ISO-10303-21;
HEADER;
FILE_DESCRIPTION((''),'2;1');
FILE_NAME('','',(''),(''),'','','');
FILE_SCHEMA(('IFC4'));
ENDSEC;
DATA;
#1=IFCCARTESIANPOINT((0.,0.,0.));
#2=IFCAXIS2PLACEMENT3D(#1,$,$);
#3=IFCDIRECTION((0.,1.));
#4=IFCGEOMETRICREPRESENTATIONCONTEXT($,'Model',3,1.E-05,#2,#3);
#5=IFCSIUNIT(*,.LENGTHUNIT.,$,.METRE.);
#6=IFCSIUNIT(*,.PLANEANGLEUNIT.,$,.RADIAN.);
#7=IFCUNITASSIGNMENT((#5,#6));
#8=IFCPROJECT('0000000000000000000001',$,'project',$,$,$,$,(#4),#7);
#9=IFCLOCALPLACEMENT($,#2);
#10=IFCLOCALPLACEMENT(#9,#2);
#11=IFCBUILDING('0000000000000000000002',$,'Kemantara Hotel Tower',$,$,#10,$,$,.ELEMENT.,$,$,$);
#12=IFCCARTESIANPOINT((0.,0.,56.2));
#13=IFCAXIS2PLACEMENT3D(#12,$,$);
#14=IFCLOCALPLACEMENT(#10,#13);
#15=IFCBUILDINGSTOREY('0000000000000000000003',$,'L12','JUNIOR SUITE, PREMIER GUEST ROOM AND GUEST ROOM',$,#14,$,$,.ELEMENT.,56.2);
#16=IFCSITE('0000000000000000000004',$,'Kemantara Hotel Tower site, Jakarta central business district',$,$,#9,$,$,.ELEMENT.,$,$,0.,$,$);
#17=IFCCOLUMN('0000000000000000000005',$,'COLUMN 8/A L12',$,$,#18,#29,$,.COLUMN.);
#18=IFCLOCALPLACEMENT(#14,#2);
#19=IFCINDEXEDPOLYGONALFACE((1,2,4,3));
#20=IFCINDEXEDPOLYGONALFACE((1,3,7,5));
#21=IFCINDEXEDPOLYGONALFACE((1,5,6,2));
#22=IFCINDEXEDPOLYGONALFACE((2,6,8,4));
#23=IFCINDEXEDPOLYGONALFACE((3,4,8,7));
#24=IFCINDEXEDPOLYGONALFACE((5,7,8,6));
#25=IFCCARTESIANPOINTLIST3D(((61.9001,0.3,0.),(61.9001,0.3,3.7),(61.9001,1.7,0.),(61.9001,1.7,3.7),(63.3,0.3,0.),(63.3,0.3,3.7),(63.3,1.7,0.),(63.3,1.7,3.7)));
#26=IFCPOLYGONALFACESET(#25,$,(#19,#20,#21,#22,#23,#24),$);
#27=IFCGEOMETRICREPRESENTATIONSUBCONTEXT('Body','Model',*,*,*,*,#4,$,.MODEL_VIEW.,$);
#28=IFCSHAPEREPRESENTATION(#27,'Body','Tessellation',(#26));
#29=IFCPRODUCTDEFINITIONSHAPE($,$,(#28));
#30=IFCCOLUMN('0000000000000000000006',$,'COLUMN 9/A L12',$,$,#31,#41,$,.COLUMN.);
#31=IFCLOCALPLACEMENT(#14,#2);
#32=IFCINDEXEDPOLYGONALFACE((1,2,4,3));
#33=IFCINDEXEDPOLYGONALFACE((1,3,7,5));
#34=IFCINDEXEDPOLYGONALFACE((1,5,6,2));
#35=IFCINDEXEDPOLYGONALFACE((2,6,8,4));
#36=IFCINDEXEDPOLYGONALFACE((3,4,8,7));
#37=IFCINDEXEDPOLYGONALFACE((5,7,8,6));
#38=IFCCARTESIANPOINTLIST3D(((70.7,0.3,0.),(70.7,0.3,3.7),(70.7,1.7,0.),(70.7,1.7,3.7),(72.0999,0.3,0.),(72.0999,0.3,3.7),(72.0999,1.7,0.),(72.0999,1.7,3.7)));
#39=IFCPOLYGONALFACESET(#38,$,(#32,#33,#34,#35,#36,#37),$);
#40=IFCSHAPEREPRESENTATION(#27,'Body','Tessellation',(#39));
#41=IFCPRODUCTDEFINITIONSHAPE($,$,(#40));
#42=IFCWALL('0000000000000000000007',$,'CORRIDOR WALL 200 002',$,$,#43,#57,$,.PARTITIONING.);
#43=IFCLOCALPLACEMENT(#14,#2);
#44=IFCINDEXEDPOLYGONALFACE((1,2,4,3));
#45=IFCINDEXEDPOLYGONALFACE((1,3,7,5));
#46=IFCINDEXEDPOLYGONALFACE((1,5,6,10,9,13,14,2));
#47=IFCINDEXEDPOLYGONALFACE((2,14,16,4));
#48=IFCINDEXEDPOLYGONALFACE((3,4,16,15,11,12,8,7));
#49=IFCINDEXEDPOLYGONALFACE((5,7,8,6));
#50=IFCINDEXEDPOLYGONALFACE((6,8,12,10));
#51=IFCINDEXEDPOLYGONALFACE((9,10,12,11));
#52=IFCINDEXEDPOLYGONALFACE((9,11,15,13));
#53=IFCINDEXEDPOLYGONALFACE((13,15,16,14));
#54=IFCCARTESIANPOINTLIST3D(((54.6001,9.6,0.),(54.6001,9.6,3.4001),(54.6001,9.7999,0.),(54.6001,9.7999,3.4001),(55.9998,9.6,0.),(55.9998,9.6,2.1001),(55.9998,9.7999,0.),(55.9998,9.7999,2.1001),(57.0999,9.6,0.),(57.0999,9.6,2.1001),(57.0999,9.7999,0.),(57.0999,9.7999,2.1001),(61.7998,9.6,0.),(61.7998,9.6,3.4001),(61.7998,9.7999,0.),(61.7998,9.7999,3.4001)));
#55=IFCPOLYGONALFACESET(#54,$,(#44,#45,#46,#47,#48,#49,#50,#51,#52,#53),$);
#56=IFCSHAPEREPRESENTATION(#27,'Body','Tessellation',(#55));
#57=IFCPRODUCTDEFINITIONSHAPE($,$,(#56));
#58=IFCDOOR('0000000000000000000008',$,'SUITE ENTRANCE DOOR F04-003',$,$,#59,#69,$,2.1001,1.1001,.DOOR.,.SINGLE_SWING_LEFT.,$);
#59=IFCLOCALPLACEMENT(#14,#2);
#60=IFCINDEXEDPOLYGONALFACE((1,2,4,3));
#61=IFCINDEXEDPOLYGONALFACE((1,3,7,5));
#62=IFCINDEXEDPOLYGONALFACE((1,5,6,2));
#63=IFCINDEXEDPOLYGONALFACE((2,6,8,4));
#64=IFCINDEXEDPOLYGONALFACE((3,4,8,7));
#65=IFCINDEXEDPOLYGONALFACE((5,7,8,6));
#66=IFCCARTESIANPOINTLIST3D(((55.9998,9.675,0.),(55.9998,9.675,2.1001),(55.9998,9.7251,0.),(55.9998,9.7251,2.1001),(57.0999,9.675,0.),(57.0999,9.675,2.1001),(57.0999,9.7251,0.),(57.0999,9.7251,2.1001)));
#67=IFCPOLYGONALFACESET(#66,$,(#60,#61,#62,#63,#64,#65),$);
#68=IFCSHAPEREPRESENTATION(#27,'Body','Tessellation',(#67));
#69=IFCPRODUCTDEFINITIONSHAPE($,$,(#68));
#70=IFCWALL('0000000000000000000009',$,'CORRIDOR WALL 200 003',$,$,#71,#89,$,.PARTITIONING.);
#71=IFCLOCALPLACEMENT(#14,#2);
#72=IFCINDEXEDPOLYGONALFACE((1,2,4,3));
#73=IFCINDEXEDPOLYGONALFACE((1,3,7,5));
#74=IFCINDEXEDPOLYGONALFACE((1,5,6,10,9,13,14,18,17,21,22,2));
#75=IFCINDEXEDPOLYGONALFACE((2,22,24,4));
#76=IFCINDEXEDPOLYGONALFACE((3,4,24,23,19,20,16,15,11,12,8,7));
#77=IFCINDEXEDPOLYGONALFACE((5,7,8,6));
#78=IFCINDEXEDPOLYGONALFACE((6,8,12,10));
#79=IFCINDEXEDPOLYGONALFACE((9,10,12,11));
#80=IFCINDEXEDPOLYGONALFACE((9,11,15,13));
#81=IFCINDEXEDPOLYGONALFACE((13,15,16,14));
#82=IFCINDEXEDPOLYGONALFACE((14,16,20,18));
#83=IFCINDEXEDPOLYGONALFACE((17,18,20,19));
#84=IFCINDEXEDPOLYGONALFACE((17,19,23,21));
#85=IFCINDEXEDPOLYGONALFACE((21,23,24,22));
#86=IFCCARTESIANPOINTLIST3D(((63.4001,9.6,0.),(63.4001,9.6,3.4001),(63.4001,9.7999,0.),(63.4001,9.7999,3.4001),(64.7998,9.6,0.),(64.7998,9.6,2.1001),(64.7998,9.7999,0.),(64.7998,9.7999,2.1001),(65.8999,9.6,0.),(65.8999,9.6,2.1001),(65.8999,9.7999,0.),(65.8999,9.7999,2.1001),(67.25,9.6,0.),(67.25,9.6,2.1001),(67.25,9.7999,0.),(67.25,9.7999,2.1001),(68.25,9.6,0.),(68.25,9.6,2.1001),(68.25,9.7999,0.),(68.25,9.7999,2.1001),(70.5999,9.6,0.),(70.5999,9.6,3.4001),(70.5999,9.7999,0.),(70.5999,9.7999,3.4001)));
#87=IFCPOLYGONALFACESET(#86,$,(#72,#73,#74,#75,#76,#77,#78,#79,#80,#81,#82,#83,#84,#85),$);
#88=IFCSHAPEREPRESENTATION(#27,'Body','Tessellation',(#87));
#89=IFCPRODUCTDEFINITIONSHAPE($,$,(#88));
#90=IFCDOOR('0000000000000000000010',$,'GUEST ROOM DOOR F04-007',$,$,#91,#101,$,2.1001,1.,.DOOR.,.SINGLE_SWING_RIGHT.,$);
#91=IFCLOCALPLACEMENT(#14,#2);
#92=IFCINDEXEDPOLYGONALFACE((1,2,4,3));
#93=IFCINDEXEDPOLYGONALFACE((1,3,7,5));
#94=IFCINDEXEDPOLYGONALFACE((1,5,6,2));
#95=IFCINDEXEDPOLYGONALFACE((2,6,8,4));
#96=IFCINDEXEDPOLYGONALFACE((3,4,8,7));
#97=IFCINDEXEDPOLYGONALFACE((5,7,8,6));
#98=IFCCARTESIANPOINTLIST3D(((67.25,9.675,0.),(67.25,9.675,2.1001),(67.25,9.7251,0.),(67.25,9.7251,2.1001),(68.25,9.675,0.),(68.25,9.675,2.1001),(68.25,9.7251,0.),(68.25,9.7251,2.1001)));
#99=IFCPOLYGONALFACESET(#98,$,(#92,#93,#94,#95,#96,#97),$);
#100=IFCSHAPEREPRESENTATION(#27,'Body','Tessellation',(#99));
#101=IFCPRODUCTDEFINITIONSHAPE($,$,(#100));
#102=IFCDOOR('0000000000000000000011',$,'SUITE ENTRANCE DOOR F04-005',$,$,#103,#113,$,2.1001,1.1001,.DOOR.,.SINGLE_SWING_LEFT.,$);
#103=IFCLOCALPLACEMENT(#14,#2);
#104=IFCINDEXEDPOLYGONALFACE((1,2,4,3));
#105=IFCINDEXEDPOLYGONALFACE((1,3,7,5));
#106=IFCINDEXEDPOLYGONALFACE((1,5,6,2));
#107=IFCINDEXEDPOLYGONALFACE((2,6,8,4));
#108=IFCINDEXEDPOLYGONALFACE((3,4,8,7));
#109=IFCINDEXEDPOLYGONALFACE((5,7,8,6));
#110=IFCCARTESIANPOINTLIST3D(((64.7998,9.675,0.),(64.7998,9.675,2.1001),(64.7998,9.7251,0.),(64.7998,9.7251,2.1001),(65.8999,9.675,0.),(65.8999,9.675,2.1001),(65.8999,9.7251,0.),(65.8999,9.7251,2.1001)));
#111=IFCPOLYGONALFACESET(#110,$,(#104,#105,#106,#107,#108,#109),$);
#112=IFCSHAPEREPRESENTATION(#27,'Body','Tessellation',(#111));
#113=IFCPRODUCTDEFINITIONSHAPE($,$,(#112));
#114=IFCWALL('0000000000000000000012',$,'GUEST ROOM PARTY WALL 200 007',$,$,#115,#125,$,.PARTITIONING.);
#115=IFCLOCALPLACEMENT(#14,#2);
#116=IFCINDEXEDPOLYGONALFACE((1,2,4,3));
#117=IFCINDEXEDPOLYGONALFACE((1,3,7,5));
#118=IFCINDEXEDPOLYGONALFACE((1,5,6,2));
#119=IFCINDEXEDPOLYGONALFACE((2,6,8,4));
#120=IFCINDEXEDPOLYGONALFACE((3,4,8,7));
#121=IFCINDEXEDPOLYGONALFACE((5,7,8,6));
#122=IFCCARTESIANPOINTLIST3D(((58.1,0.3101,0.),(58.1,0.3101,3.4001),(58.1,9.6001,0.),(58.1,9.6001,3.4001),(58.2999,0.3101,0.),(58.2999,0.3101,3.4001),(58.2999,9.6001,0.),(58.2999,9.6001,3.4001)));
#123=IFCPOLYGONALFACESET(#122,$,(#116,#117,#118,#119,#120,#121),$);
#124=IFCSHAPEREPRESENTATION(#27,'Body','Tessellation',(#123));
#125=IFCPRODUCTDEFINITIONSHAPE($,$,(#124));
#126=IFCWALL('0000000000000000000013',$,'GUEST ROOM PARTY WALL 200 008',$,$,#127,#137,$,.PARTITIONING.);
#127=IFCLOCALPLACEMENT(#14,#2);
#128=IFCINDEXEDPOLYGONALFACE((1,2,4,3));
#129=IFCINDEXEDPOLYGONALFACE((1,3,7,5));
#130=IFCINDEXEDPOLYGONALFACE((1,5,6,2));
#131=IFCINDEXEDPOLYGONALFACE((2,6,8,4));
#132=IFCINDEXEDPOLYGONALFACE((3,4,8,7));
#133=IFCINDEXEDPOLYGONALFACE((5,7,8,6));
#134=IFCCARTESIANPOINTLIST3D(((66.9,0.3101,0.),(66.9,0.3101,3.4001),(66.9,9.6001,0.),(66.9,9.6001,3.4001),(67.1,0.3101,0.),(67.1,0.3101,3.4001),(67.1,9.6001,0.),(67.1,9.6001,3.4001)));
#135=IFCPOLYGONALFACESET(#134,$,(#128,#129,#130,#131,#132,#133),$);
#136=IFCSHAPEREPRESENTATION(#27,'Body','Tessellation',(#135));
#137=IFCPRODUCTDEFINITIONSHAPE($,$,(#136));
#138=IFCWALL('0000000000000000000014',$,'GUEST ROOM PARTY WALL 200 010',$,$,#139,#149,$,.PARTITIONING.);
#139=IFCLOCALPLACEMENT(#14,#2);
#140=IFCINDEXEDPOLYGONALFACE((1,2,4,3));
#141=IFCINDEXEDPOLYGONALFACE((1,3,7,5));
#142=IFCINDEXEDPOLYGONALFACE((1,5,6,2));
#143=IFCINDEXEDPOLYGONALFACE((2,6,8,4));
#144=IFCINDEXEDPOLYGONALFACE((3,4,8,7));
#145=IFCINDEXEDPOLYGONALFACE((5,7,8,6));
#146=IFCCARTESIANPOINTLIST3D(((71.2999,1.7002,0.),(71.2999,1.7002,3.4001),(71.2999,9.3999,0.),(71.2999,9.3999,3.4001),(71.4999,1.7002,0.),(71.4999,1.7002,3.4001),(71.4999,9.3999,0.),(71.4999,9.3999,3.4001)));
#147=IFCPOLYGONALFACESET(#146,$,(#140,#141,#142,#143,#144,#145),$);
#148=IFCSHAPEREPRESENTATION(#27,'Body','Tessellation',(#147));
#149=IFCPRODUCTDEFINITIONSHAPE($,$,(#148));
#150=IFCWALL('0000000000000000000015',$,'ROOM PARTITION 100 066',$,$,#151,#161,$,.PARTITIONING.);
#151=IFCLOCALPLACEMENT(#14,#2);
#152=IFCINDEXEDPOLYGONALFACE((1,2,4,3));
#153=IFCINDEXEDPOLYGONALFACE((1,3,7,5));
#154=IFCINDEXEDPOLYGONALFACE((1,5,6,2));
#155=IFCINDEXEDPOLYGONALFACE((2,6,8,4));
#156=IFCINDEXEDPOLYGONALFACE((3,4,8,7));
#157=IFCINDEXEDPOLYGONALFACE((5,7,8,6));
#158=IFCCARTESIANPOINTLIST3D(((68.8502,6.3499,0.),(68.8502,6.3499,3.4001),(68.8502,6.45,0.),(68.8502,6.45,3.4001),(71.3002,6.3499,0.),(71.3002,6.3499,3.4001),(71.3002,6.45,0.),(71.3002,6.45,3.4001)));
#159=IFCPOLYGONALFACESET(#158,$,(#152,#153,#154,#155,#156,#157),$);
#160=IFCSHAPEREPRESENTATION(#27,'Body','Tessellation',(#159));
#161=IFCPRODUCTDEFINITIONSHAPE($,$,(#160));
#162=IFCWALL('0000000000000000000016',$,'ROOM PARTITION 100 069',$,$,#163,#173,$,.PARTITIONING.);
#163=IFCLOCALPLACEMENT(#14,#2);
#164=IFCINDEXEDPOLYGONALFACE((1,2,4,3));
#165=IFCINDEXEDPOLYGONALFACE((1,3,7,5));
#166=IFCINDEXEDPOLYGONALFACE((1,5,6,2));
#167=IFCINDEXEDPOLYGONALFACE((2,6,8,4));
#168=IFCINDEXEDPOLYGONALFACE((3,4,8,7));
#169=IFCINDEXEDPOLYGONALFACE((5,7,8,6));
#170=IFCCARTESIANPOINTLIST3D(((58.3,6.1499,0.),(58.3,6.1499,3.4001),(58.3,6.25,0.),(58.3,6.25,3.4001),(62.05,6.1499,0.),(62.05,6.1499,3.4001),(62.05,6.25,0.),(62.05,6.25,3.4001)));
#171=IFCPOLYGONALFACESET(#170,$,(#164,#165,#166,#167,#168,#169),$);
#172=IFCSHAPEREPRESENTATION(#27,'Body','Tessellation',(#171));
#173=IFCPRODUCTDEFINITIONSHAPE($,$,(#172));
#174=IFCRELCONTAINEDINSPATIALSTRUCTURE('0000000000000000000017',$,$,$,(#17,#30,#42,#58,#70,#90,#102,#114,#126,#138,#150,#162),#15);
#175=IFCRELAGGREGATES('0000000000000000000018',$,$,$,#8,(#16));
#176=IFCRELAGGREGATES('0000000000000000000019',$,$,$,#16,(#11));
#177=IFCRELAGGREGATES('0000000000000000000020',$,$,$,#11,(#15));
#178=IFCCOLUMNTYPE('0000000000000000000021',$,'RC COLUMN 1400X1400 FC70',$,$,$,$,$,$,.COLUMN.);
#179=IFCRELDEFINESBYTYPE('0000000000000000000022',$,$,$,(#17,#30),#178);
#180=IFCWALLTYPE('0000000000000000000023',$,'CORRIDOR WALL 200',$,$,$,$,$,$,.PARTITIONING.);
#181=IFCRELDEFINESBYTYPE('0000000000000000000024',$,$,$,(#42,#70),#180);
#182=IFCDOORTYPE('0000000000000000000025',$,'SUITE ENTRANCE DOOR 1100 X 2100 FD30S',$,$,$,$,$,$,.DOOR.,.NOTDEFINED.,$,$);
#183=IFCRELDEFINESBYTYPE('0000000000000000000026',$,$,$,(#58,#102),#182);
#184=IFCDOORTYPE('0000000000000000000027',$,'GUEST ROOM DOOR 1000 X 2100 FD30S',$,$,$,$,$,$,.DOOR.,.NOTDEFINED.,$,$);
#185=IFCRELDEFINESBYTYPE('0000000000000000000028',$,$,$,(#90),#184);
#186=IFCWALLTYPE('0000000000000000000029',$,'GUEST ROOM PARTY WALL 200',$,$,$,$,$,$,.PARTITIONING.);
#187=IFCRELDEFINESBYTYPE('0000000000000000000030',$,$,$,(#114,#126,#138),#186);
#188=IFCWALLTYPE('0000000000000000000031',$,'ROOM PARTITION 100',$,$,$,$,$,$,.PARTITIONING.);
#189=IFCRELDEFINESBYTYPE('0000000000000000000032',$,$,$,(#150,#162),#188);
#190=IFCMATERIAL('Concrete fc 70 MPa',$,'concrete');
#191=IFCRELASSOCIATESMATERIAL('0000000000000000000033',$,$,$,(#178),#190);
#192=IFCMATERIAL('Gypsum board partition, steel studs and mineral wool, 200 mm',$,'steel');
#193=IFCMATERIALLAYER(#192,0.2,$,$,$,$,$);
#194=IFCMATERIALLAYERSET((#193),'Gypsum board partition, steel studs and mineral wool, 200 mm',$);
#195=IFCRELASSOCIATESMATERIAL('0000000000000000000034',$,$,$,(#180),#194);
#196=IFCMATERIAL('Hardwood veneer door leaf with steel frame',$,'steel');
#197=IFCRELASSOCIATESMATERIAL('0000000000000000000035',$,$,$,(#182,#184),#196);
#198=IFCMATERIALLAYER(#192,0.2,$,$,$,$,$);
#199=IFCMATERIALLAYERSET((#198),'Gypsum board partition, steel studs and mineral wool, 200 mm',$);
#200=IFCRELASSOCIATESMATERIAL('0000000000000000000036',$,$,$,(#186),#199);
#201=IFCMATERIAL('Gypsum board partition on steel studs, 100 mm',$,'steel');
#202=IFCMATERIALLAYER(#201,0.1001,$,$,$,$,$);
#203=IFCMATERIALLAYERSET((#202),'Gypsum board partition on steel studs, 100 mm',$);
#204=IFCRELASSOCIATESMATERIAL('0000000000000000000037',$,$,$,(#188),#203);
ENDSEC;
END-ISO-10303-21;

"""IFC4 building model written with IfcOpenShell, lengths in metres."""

from ifc_helpers import new_model, si_unit, direction, frame, frame_2d, origin, origin_2d, place, context, subcontext, project, spatial, rectangle, extrude, material, layer, layer_set, material_profile, profile_set, type_object, element, fill, save


model = new_model("IFC4")

# Units and contexts
model_context = context("Model", 3, precision=1e-05, world=origin(), true_north=direction((0.0, 1.0)))
body_context = subcontext(model_context, "Body", "Model", "MODEL_VIEW")
ifc_project = project(units=[si_unit("LENGTHUNIT", "METRE"), si_unit("PLANEANGLEUNIT", "RADIAN")], contexts=[model_context])

# Site, building, storey
site_placement = place(None, origin())
site = spatial("IfcSite", under=ifc_project, at=site_placement, Name="Kemantara Hotel Tower site, Jakarta central business district", CompositionType="ELEMENT", RefElevation=0.0)
building_placement = place(site_placement, origin())
building = spatial("IfcBuilding", under=site, at=building_placement, Name="Kemantara Hotel Tower", CompositionType="ELEMENT")
storey_placement = place(building_placement, frame((0.0, 0.0, 56.2)))
storey = spatial("IfcBuildingStorey", under=building, at=storey_placement, Name="L12", Description="JUNIOR SUITE, PREMIER GUEST ROOM AND GUEST ROOM", CompositionType="ELEMENT", Elevation=56.2)

# Columns
ifc_material_1 = material(Name="Concrete fc 70 MPa", Category="concrete")
ifc_material_profile = material_profile(ifc_material_1, rectangle(XDim=1.3999, YDim=1.3999, at=origin_2d()), Name="RC 1400X1400")
ifc_profile_set = profile_set([ifc_material_profile], Name="Concrete fc 70 MPa")
column_type = type_object("IfcColumnType", Name="RC COLUMN 1400X1400 FC70", PredefinedType="COLUMN", material=ifc_profile_set)
for number, where, z_axis, x_axis, name in (
    (1, (62.6001, 1.0, 0.0), (0.0, 0.0, 1.0), (1.0, 0.0, 0.0), "COLUMN 8/A L12"),
    (2, (71.3999, 1.0, 0.0), (0.0, 0.0, 1.0), (1.0, 0.0, 0.0), "COLUMN 9/A L12"),
):
    element("IfcColumn", number, at=place(storey_placement, frame(where, z_axis=z_axis, x_axis=x_axis)), inside=storey, type_object=column_type, Name=name, PredefinedType="COLUMN", context=body_context, shape_type="SweptSolid", body=[
        extrude(rectangle(XDim=1.3999, YDim=1.3999, at=origin_2d()), origin(), (0.0, 0.0, 1.0), 3.7),
    ])

# Wall, opening, door
ifc_material_2 = material(Name="Gypsum board partition, steel studs and mineral wool, 200 mm", Category="steel")
ifc_layer_1 = layer(ifc_material_2, 0.2)
ifc_layer_set_1 = layer_set([ifc_layer_1], Name="Gypsum board partition, steel studs and mineral wool, 200 mm")
wall_type_1 = type_object("IfcWallType", Name="CORRIDOR WALL 200", PredefinedType="PARTITIONING", material=ifc_layer_set_1)
wall_1_placement = place(storey_placement, frame((61.7998, 9.7, 0.0), z_axis=(0.0, 0.0, 1.0), x_axis=(-1.0, 0.0, 0.0)))
wall_1 = element("IfcWall", 3, at=wall_1_placement, inside=storey, type_object=wall_type_1, Name="CORRIDOR WALL 200 002", PredefinedType="PARTITIONING", context=body_context, shape_type="SweptSolid", body=[
    extrude(rectangle(XDim=7.1997, YDim=0.2, at=frame_2d((3.5999, 0.0))), origin(), (0.0, 0.0, 1.0), 3.4001),
])
opening_1_placement = place(wall_1_placement, frame((4.7, 0.0, 0.0)))
opening_1 = element("IfcOpeningElement", 4, at=opening_1_placement, cuts=wall_1, PredefinedType="OPENING", context=body_context, shape_type="SweptSolid", body=[
    extrude(rectangle(XDim=1.1001, YDim=2.1001, at=frame_2d((0.55, 1.05))), frame((0.0, 0.1099, 0.0), z_axis=(0.0, -1.0, 0.0), x_axis=(1.0, 0.0, 0.0)), (0.0, 0.0, 1.0), 0.22),
])
ifc_material_3 = material(Name="Hardwood veneer door leaf with steel frame", Category="steel")
door_type_1 = type_object("IfcDoorType", Name="SUITE ENTRANCE DOOR 1100 X 2100 FD30S", OperationType="NOTDEFINED", PredefinedType="DOOR", material=ifc_material_3)
door_1_placement = place(opening_1_placement, origin())
door_1 = element("IfcDoor", 5, at=door_1_placement, inside=storey, type_object=door_type_1, Name="SUITE ENTRANCE DOOR F04-003", OperationType="SINGLE_SWING_LEFT", OverallHeight=2.1001, OverallWidth=1.1001, PredefinedType="DOOR", context=body_context, shape_type="SweptSolid", body=[
    extrude(rectangle(XDim=1.1001, YDim=2.1001, at=frame_2d((0.55, 1.05))), frame((0.0, 0.0249, 0.0), z_axis=(0.0, -1.0, 0.0), x_axis=(1.0, 0.0, 0.0)), (0.0, 0.0, 1.0), 0.05),
])
fill(opening_1, door_1)

# Wall, openings, doors
wall_2_placement = place(storey_placement, frame((70.5999, 9.7, 0.0), z_axis=(0.0, 0.0, 1.0), x_axis=(-1.0, 0.0, 0.0)))
wall_2 = element("IfcWall", 6, at=wall_2_placement, inside=storey, type_object=wall_type_1, Name="CORRIDOR WALL 200 003", PredefinedType="PARTITIONING", context=body_context, shape_type="SweptSolid", body=[
    extrude(rectangle(XDim=7.1997, YDim=0.2, at=frame_2d((3.5999, 0.0))), origin(), (0.0, 0.0, 1.0), 3.4001),
])
opening_2_placement = place(wall_2_placement, frame((4.7, 0.0, 0.0)))
opening_2 = element("IfcOpeningElement", 7, at=opening_2_placement, cuts=wall_2, PredefinedType="OPENING", context=body_context, shape_type="SweptSolid", body=[
    extrude(rectangle(XDim=1.1001, YDim=2.1001, at=frame_2d((0.55, 1.05))), frame((0.0, 0.1099, 0.0), z_axis=(0.0, -1.0, 0.0), x_axis=(1.0, 0.0, 0.0)), (0.0, 0.0, 1.0), 0.22),
])
opening_3_placement = place(wall_2_placement, frame((2.3499, 0.0, 0.0)))
opening_3 = element("IfcOpeningElement", 8, at=opening_3_placement, cuts=wall_2, PredefinedType="OPENING", context=body_context, shape_type="SweptSolid", body=[
    extrude(rectangle(XDim=1.0, YDim=2.1001, at=frame_2d((0.5, 1.05))), frame((0.0, 0.1099, 0.0), z_axis=(0.0, -1.0, 0.0), x_axis=(1.0, 0.0, 0.0)), (0.0, 0.0, 1.0), 0.22),
])
door_type_2 = type_object("IfcDoorType", Name="GUEST ROOM DOOR 1000 X 2100 FD30S", OperationType="NOTDEFINED", PredefinedType="DOOR", material=ifc_material_3)
door_2_placement = place(opening_3_placement, origin())
door_2 = element("IfcDoor", 9, at=door_2_placement, inside=storey, type_object=door_type_2, Name="GUEST ROOM DOOR F04-007", OperationType="SINGLE_SWING_RIGHT", OverallHeight=2.1001, OverallWidth=1.0, PredefinedType="DOOR", context=body_context, shape_type="SweptSolid", body=[
    extrude(rectangle(XDim=1.0, YDim=2.1001, at=frame_2d((0.5, 1.05))), frame((0.0, 0.0249, 0.0), z_axis=(0.0, -1.0, 0.0), x_axis=(1.0, 0.0, 0.0)), (0.0, 0.0, 1.0), 0.05),
])
fill(opening_3, door_2)
door_3_placement = place(opening_2_placement, origin())
door_3 = element("IfcDoor", 10, at=door_3_placement, inside=storey, type_object=door_type_1, Name="SUITE ENTRANCE DOOR F04-005", OperationType="SINGLE_SWING_LEFT", OverallHeight=2.1001, OverallWidth=1.1001, PredefinedType="DOOR", context=body_context, shape_type="SweptSolid", body=[
    extrude(rectangle(XDim=1.1001, YDim=2.1001, at=frame_2d((0.55, 1.05))), frame((0.0, 0.0249, 0.0), z_axis=(0.0, -1.0, 0.0), x_axis=(1.0, 0.0, 0.0)), (0.0, 0.0, 1.0), 0.05),
])
fill(opening_2, door_3)

# Walls
ifc_layer_2 = layer(ifc_material_2, 0.2)
ifc_layer_set_2 = layer_set([ifc_layer_2], Name="Gypsum board partition, steel studs and mineral wool, 200 mm")
wall_type_2 = type_object("IfcWallType", Name="GUEST ROOM PARTY WALL 200", PredefinedType="PARTITIONING", material=ifc_layer_set_2)
for number, where, z_axis, x_axis, name in (
    (11, (58.2, 0.3101, 0.0), (0.0, 0.0, 1.0), (0.0, 1.0, 0.0), "GUEST ROOM PARTY WALL 200 007"),
    (12, (67.0, 0.3101, 0.0), (0.0, 0.0, 1.0), (0.0, 1.0, 0.0), "GUEST ROOM PARTY WALL 200 008"),
):
    element("IfcWall", number, at=place(storey_placement, frame(where, z_axis=z_axis, x_axis=x_axis)), inside=storey, type_object=wall_type_2, Name=name, PredefinedType="PARTITIONING", context=body_context, shape_type="SweptSolid", body=[
        extrude(rectangle(XDim=9.29, YDim=0.2, at=frame_2d((4.645, 0.0))), origin(), (0.0, 0.0, 1.0), 3.4001),
    ])
wall_3_placement = place(storey_placement, frame((71.3999, 1.7002, 0.0), z_axis=(0.0, 0.0, 1.0), x_axis=(0.0, 1.0, 0.0)))
element("IfcWall", 13, at=wall_3_placement, inside=storey, type_object=wall_type_2, Name="GUEST ROOM PARTY WALL 200 010", PredefinedType="PARTITIONING", context=body_context, shape_type="SweptSolid", body=[
    extrude(rectangle(XDim=7.6997, YDim=0.2, at=frame_2d((3.8499, 0.0))), origin(), (0.0, 0.0, 1.0), 3.4001),
])
ifc_material_4 = material(Name="Gypsum board partition on steel studs, 100 mm", Category="steel")
ifc_layer_3 = layer(ifc_material_4, 0.1001)
ifc_layer_set_3 = layer_set([ifc_layer_3], Name="Gypsum board partition on steel studs, 100 mm")
wall_type_3 = type_object("IfcWallType", Name="ROOM PARTITION 100", PredefinedType="PARTITIONING", material=ifc_layer_set_3)
wall_4_placement = place(storey_placement, frame((68.8501, 6.3999, 0.0), z_axis=(0.0, 0.0, 1.0), x_axis=(1.0, 0.0, 0.0)))
element("IfcWall", 14, at=wall_4_placement, inside=storey, type_object=wall_type_3, Name="ROOM PARTITION 100 066", PredefinedType="PARTITIONING", context=body_context, shape_type="SweptSolid", body=[
    extrude(rectangle(XDim=2.45, YDim=0.1001, at=frame_2d((1.2251, 0.0))), origin(), (0.0, 0.0, 1.0), 3.4001),
])
wall_5_placement = place(storey_placement, frame((58.3, 6.2, 0.0), z_axis=(0.0, 0.0, 1.0), x_axis=(1.0, 0.0, 0.0)))
element("IfcWall", 15, at=wall_5_placement, inside=storey, type_object=wall_type_3, Name="ROOM PARTITION 100 069", PredefinedType="PARTITIONING", context=body_context, shape_type="SweptSolid", body=[
    extrude(rectangle(XDim=3.75, YDim=0.1001, at=frame_2d((1.875, 0.0))), origin(), (0.0, 0.0, 1.0), 3.4001),
])

save(model, "model.ifc")
